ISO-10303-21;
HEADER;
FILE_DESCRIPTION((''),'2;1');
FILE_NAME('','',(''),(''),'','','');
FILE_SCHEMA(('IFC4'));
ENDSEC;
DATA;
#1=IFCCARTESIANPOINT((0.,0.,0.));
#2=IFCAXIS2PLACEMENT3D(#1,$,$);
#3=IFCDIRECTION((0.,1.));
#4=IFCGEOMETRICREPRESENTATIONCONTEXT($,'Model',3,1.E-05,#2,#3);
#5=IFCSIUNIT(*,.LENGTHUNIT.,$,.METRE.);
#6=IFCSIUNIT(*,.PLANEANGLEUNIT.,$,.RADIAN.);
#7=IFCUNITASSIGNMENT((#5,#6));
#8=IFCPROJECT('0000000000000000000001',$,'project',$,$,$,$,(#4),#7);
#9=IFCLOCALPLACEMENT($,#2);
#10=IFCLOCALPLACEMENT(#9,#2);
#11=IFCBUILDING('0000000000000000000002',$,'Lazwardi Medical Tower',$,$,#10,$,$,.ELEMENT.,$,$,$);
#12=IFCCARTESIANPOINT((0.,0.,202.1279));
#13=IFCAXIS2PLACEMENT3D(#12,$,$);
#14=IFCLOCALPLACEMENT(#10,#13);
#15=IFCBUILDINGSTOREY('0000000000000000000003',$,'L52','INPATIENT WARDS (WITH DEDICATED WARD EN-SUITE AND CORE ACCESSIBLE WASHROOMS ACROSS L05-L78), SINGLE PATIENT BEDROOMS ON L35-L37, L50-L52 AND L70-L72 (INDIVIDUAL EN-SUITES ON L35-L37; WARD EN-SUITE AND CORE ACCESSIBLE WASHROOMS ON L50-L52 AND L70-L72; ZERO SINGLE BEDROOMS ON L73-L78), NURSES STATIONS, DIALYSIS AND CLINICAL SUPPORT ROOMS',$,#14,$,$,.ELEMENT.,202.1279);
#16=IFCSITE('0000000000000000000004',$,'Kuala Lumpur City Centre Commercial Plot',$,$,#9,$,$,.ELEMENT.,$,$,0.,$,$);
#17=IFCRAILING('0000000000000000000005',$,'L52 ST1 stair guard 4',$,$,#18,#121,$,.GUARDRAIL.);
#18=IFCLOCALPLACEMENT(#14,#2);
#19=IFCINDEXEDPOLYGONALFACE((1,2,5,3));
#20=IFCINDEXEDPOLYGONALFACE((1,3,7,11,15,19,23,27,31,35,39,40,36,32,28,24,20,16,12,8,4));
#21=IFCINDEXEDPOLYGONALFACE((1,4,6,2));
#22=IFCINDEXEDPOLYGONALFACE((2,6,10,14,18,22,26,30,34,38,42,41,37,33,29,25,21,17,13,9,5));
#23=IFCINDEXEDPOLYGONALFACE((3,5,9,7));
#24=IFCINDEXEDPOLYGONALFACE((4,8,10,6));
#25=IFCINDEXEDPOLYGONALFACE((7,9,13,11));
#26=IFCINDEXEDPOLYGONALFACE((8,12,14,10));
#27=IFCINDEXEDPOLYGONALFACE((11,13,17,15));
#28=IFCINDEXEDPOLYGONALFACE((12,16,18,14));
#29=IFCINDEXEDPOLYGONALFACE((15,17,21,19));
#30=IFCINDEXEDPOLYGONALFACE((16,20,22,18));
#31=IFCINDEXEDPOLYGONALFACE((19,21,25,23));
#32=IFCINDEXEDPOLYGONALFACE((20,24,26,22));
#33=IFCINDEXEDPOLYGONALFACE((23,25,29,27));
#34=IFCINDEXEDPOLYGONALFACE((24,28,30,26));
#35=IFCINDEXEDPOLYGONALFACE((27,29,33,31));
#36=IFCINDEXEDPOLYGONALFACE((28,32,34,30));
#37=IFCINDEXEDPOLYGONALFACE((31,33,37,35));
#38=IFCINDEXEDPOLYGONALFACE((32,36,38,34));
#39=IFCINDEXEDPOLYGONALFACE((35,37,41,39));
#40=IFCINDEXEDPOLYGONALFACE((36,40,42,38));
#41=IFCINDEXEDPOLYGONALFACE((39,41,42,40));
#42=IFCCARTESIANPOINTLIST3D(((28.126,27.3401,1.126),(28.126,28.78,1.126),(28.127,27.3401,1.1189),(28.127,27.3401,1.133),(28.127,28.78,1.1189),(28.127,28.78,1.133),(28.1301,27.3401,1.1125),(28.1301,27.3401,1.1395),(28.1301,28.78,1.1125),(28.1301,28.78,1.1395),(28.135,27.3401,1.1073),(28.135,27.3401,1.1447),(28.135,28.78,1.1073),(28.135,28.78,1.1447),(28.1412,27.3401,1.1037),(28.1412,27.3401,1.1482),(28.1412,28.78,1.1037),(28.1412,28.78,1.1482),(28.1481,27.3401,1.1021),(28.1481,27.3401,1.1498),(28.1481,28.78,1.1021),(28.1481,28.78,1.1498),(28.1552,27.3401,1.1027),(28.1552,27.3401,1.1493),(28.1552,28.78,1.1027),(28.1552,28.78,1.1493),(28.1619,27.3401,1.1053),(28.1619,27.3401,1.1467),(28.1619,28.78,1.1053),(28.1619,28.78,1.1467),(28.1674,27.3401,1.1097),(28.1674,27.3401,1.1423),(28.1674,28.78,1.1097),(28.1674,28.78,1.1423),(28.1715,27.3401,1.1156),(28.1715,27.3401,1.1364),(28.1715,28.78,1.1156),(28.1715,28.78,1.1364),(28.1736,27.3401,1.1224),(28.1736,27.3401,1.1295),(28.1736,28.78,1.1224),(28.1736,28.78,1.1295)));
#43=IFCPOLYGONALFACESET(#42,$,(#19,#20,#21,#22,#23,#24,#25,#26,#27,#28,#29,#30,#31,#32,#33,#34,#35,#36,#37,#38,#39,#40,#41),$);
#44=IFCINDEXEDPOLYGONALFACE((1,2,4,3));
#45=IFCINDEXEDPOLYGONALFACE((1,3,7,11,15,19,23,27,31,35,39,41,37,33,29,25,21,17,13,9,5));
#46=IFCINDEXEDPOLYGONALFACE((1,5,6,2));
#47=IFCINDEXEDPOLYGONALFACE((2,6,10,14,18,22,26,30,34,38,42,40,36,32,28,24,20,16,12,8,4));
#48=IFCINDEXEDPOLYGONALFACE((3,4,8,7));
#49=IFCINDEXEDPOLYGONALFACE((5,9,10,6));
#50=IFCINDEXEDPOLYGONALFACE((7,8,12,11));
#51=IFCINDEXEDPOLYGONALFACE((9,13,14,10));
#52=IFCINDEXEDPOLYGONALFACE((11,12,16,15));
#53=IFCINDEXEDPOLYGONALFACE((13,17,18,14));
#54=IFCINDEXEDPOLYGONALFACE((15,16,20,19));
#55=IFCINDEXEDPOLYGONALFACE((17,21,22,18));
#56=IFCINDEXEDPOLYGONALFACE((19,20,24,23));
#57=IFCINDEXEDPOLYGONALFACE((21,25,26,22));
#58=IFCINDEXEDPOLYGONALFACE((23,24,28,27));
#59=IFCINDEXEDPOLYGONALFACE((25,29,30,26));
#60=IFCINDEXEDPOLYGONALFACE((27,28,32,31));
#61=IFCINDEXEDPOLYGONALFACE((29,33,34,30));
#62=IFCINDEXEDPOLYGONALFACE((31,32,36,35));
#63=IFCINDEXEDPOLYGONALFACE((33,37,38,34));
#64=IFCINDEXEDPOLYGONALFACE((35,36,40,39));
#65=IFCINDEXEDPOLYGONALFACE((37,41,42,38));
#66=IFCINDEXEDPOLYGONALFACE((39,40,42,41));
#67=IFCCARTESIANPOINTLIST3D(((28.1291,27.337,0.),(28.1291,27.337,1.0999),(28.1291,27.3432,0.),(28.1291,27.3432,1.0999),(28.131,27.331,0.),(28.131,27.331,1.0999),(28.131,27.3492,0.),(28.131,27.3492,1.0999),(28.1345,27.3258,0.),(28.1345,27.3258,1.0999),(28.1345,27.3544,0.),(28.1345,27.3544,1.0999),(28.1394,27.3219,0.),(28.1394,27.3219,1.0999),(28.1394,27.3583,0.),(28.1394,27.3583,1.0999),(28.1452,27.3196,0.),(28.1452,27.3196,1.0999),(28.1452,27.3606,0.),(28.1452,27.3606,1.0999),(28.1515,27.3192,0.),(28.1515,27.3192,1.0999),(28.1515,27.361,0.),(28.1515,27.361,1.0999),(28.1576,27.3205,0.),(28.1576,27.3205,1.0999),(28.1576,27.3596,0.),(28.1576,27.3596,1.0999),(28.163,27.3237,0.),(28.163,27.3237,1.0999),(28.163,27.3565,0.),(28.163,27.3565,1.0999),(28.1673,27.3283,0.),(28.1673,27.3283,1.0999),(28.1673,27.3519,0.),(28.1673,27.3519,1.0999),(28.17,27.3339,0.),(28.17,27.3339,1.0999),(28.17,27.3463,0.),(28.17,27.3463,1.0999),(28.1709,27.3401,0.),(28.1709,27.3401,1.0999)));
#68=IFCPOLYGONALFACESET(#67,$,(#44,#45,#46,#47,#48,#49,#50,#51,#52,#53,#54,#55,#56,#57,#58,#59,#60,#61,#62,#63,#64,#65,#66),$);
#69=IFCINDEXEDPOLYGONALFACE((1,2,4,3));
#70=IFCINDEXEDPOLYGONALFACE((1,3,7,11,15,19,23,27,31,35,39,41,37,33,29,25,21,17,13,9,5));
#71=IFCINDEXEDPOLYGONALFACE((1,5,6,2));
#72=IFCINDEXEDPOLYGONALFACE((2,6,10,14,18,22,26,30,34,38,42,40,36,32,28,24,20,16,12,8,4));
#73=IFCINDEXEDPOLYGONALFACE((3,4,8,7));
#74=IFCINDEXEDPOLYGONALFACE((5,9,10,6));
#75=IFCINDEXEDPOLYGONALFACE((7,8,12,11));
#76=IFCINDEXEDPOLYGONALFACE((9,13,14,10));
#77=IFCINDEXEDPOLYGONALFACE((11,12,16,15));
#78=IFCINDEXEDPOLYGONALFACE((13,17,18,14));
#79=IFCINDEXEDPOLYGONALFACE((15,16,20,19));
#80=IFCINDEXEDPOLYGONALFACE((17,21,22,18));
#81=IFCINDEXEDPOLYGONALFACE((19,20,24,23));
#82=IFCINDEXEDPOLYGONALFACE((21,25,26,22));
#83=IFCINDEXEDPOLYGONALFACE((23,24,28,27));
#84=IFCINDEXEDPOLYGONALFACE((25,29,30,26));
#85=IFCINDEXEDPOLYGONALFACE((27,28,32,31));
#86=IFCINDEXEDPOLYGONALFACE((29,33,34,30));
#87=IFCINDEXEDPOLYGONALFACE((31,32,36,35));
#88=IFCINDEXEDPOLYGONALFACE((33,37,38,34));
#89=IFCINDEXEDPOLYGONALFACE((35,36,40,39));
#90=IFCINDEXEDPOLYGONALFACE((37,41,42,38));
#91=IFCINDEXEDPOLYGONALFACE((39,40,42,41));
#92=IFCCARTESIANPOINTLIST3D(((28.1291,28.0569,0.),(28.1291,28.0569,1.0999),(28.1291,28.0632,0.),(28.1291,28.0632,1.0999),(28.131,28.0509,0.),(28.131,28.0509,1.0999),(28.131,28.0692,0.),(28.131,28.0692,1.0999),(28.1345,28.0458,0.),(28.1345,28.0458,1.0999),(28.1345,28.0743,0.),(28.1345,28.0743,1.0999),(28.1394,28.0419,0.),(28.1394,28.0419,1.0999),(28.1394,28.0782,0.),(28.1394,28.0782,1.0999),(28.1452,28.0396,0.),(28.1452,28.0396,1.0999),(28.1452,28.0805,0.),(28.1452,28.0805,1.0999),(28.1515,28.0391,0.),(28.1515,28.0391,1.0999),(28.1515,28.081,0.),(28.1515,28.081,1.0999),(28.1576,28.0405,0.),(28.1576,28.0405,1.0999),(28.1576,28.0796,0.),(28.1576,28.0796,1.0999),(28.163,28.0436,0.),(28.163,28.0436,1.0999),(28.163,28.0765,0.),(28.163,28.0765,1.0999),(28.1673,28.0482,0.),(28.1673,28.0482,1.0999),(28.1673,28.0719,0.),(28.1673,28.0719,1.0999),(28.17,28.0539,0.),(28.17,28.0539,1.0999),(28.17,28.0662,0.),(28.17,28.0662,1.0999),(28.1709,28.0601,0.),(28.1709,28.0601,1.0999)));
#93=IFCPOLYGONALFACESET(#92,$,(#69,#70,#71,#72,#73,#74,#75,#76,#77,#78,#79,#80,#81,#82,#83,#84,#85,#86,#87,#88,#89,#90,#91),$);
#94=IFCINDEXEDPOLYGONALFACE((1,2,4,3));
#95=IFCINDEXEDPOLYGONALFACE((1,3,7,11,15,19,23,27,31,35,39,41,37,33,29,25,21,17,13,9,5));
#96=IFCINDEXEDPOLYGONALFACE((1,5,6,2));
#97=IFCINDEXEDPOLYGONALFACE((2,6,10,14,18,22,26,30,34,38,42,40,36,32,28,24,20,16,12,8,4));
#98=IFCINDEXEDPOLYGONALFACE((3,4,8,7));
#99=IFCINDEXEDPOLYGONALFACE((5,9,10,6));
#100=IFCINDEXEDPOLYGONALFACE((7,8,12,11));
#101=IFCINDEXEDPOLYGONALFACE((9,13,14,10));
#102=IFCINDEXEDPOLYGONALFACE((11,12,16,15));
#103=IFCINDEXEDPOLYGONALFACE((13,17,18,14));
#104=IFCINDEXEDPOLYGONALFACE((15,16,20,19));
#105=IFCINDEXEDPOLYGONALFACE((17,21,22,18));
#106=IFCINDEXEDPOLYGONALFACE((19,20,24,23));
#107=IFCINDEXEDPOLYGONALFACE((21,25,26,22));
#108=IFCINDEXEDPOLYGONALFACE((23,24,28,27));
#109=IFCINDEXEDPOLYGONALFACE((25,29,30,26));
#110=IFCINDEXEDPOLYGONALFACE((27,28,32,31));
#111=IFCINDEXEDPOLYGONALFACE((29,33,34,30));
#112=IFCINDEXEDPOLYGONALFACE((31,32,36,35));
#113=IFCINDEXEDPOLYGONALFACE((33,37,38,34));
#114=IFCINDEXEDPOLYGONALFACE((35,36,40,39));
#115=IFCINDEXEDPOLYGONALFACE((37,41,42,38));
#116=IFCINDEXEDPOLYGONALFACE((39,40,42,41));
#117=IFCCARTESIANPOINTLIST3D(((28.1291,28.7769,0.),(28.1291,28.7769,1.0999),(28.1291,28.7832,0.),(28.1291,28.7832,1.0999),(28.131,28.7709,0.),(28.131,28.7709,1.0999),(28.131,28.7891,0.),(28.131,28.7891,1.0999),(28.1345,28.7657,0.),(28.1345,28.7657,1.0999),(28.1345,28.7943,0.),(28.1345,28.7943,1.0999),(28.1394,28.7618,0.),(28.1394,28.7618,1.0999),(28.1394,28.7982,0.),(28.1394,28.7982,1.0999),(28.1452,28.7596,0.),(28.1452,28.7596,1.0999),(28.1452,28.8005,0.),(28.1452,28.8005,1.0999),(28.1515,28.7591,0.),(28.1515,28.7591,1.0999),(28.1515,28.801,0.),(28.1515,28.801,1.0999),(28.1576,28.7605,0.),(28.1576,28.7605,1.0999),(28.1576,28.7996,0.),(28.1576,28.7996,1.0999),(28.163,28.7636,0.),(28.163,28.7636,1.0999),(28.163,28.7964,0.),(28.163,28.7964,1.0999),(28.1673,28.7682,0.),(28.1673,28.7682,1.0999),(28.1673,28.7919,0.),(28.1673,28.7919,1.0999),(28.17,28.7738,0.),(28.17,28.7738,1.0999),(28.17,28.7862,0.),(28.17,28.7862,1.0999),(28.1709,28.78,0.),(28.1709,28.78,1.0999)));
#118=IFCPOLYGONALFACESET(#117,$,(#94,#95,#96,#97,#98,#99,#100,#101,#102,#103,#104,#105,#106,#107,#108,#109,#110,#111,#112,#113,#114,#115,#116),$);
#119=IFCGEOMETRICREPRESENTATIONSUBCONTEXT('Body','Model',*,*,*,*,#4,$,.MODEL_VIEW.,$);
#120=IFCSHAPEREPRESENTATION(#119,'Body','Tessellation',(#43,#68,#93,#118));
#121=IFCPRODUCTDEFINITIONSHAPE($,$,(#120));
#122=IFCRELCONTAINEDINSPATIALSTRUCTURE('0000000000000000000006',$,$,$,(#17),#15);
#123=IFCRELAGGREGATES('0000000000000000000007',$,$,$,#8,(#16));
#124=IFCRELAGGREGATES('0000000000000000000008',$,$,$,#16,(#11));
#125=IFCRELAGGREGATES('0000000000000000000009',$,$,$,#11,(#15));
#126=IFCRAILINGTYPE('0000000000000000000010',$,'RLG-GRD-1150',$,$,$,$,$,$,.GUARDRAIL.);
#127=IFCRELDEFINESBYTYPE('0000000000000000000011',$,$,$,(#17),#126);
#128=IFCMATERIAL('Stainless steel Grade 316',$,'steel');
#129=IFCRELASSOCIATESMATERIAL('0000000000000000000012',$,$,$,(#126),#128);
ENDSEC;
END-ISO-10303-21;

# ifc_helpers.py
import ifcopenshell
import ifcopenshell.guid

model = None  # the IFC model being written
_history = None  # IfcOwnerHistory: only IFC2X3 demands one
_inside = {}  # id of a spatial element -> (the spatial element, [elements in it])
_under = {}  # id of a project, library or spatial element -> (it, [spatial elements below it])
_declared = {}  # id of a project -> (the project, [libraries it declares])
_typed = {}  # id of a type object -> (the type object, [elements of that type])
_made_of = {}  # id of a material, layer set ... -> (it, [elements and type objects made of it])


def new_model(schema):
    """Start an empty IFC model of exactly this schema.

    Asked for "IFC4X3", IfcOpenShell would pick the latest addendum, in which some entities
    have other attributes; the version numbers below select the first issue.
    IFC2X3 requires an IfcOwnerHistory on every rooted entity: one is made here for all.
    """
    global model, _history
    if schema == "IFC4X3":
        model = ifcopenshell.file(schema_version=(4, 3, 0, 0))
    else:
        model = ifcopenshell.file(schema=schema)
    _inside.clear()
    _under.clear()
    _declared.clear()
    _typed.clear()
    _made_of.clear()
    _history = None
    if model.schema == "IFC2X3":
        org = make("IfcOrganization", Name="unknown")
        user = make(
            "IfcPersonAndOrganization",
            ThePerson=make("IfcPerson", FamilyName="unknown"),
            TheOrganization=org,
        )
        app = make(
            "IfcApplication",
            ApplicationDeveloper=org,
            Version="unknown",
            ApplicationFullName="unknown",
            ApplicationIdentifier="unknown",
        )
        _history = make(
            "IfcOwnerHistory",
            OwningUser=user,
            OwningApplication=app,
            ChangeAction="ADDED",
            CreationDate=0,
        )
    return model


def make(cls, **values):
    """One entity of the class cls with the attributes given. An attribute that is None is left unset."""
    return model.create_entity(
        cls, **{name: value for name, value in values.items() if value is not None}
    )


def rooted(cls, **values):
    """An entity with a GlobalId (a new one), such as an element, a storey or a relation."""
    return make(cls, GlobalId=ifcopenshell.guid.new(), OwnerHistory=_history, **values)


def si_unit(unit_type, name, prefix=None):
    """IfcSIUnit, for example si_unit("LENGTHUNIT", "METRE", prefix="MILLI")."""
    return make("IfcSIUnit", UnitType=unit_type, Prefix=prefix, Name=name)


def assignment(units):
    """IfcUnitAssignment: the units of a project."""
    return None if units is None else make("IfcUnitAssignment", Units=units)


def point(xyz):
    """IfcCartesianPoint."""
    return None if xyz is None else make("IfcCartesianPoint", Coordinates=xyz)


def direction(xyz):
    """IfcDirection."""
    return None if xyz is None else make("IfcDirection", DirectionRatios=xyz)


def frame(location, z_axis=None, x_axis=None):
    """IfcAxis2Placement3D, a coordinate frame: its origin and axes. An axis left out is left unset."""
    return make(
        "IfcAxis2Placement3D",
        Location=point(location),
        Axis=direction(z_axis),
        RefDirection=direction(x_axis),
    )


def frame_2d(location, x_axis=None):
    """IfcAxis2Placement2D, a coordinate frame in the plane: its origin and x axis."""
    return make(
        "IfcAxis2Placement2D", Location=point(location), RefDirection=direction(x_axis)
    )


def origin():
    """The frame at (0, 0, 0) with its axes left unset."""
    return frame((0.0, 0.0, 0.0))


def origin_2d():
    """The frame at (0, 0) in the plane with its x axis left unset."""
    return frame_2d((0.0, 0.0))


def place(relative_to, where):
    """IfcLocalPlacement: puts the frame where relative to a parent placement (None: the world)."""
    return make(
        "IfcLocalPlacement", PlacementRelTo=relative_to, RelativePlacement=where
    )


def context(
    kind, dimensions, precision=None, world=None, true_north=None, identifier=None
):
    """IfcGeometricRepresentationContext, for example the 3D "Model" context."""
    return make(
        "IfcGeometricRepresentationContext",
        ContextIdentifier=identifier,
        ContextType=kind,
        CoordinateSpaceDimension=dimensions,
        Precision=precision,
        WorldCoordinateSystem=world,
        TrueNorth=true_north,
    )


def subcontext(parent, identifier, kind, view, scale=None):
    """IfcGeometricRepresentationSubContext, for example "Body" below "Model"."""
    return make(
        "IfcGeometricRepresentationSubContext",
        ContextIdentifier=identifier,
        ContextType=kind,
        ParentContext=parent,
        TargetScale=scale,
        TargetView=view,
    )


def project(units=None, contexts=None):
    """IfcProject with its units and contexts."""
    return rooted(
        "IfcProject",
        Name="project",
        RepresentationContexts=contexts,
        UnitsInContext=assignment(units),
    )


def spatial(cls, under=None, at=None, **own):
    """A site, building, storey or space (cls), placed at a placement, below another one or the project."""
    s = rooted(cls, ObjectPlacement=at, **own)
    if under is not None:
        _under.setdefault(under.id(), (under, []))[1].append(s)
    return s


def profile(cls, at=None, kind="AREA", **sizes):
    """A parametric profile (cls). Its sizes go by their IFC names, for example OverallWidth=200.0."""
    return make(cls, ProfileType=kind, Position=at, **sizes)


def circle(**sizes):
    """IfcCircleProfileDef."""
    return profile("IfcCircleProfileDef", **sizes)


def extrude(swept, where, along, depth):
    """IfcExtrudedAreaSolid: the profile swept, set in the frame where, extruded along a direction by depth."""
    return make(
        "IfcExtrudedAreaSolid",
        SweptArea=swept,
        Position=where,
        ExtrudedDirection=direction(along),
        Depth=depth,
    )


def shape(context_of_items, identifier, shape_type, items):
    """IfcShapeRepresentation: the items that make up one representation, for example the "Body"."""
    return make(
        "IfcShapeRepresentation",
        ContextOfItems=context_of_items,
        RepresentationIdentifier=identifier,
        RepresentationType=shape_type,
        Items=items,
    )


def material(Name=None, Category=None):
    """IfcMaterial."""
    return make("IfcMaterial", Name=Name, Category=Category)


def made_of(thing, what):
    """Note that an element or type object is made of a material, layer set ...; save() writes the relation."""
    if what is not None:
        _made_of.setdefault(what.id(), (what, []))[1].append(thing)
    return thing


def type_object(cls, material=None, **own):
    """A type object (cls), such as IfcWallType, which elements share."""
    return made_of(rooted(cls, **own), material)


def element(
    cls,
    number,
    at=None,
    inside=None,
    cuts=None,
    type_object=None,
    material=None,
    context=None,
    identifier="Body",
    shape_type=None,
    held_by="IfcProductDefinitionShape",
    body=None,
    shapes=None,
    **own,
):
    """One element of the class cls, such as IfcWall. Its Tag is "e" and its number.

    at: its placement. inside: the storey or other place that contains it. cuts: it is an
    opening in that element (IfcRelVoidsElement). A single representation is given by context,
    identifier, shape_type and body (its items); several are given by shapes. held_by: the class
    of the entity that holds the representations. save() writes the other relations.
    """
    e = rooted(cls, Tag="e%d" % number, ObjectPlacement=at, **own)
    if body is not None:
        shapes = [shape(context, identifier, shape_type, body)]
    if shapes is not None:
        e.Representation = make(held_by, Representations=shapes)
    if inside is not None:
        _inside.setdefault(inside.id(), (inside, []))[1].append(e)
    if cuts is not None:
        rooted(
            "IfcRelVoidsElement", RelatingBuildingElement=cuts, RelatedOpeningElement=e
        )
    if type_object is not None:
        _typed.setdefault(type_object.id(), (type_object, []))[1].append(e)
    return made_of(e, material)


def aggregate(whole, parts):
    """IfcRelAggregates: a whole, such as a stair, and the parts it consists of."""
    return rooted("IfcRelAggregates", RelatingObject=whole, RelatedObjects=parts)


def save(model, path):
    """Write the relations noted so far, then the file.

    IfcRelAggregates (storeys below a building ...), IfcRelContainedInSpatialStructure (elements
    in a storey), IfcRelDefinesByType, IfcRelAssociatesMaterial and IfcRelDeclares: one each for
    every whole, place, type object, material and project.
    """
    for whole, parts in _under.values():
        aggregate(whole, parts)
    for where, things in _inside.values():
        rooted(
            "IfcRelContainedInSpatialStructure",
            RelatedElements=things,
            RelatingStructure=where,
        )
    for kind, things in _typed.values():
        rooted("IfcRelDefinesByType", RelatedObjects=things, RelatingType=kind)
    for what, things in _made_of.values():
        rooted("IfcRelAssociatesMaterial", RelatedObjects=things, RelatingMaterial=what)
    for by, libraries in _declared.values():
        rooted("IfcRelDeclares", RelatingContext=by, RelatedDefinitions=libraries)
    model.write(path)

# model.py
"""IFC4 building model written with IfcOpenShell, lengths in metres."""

from ifc_helpers import new_model, si_unit, direction, frame, origin, origin_2d, place, context, subcontext, project, spatial, circle, extrude, material, type_object, element, save


model = new_model("IFC4")

# Units and contexts
model_context = context("Model", 3, precision=1e-05, world=origin(), true_north=direction((0.0, 1.0)))
body_context = subcontext(model_context, "Body", "Model", "MODEL_VIEW")
ifc_project = project(units=[si_unit("LENGTHUNIT", "METRE"), si_unit("PLANEANGLEUNIT", "RADIAN")], contexts=[model_context])

# Site, building, storey
site_placement = place(None, origin())
site = spatial("IfcSite", under=ifc_project, at=site_placement, Name="Kuala Lumpur City Centre Commercial Plot", CompositionType="ELEMENT", RefElevation=0.0)
building_placement = place(site_placement, origin())
building = spatial("IfcBuilding", under=site, at=building_placement, Name="Lazwardi Medical Tower", CompositionType="ELEMENT")
storey_placement = place(building_placement, frame((0.0, 0.0, 202.1279)))
storey = spatial("IfcBuildingStorey", under=building, at=storey_placement, Name="L52", Description="INPATIENT WARDS (WITH DEDICATED WARD EN-SUITE AND CORE ACCESSIBLE WASHROOMS ACROSS L05-L78), SINGLE PATIENT BEDROOMS ON L35-L37, L50-L52 AND L70-L72 (INDIVIDUAL EN-SUITES ON L35-L37; WARD EN-SUITE AND CORE ACCESSIBLE WASHROOMS ON L50-L52 AND L70-L72; ZERO SINGLE BEDROOMS ON L73-L78), NURSES STATIONS, DIALYSIS AND CLINICAL SUPPORT ROOMS", CompositionType="ELEMENT", Elevation=202.1279)

# Railing
ifc_material_1 = material(Name="Stainless steel Grade 316", Category="steel")
railing_type_1 = type_object("IfcRailingType", Name="RLG-GRD-1150", PredefinedType="GUARDRAIL", material=ifc_material_1)
railing_1_placement = place(storey_placement, frame((28.1499, 27.3401, 0.0)))
element("IfcRailing", 1, at=railing_1_placement, inside=storey, type_object=railing_type_1, Name="L52 ST1 stair guard 4", PredefinedType="GUARDRAIL", context=body_context, shape_type="SweptSolid", body=[
    extrude(circle(Radius=0.0239, at=origin_2d()), frame((0.0, 0.0, 1.126), z_axis=(0.0, 1.0, 0.0), x_axis=(-1.0, 0.0, 0.0)), (0.0, 0.0, 1.0), 1.4399),
    extrude(circle(Radius=0.021, at=origin_2d()), origin(), (0.0, 0.0, 1.0), 1.0999),
    extrude(circle(Radius=0.021, at=origin_2d()), frame((0.0, 0.72, 0.0)), (0.0, 0.0, 1.0), 1.0999),
    extrude(circle(Radius=0.021, at=origin_2d()), frame((0.0, 1.4399, 0.0)), (0.0, 0.0, 1.0), 1.0999),
])

save(model, "model.ifc")
